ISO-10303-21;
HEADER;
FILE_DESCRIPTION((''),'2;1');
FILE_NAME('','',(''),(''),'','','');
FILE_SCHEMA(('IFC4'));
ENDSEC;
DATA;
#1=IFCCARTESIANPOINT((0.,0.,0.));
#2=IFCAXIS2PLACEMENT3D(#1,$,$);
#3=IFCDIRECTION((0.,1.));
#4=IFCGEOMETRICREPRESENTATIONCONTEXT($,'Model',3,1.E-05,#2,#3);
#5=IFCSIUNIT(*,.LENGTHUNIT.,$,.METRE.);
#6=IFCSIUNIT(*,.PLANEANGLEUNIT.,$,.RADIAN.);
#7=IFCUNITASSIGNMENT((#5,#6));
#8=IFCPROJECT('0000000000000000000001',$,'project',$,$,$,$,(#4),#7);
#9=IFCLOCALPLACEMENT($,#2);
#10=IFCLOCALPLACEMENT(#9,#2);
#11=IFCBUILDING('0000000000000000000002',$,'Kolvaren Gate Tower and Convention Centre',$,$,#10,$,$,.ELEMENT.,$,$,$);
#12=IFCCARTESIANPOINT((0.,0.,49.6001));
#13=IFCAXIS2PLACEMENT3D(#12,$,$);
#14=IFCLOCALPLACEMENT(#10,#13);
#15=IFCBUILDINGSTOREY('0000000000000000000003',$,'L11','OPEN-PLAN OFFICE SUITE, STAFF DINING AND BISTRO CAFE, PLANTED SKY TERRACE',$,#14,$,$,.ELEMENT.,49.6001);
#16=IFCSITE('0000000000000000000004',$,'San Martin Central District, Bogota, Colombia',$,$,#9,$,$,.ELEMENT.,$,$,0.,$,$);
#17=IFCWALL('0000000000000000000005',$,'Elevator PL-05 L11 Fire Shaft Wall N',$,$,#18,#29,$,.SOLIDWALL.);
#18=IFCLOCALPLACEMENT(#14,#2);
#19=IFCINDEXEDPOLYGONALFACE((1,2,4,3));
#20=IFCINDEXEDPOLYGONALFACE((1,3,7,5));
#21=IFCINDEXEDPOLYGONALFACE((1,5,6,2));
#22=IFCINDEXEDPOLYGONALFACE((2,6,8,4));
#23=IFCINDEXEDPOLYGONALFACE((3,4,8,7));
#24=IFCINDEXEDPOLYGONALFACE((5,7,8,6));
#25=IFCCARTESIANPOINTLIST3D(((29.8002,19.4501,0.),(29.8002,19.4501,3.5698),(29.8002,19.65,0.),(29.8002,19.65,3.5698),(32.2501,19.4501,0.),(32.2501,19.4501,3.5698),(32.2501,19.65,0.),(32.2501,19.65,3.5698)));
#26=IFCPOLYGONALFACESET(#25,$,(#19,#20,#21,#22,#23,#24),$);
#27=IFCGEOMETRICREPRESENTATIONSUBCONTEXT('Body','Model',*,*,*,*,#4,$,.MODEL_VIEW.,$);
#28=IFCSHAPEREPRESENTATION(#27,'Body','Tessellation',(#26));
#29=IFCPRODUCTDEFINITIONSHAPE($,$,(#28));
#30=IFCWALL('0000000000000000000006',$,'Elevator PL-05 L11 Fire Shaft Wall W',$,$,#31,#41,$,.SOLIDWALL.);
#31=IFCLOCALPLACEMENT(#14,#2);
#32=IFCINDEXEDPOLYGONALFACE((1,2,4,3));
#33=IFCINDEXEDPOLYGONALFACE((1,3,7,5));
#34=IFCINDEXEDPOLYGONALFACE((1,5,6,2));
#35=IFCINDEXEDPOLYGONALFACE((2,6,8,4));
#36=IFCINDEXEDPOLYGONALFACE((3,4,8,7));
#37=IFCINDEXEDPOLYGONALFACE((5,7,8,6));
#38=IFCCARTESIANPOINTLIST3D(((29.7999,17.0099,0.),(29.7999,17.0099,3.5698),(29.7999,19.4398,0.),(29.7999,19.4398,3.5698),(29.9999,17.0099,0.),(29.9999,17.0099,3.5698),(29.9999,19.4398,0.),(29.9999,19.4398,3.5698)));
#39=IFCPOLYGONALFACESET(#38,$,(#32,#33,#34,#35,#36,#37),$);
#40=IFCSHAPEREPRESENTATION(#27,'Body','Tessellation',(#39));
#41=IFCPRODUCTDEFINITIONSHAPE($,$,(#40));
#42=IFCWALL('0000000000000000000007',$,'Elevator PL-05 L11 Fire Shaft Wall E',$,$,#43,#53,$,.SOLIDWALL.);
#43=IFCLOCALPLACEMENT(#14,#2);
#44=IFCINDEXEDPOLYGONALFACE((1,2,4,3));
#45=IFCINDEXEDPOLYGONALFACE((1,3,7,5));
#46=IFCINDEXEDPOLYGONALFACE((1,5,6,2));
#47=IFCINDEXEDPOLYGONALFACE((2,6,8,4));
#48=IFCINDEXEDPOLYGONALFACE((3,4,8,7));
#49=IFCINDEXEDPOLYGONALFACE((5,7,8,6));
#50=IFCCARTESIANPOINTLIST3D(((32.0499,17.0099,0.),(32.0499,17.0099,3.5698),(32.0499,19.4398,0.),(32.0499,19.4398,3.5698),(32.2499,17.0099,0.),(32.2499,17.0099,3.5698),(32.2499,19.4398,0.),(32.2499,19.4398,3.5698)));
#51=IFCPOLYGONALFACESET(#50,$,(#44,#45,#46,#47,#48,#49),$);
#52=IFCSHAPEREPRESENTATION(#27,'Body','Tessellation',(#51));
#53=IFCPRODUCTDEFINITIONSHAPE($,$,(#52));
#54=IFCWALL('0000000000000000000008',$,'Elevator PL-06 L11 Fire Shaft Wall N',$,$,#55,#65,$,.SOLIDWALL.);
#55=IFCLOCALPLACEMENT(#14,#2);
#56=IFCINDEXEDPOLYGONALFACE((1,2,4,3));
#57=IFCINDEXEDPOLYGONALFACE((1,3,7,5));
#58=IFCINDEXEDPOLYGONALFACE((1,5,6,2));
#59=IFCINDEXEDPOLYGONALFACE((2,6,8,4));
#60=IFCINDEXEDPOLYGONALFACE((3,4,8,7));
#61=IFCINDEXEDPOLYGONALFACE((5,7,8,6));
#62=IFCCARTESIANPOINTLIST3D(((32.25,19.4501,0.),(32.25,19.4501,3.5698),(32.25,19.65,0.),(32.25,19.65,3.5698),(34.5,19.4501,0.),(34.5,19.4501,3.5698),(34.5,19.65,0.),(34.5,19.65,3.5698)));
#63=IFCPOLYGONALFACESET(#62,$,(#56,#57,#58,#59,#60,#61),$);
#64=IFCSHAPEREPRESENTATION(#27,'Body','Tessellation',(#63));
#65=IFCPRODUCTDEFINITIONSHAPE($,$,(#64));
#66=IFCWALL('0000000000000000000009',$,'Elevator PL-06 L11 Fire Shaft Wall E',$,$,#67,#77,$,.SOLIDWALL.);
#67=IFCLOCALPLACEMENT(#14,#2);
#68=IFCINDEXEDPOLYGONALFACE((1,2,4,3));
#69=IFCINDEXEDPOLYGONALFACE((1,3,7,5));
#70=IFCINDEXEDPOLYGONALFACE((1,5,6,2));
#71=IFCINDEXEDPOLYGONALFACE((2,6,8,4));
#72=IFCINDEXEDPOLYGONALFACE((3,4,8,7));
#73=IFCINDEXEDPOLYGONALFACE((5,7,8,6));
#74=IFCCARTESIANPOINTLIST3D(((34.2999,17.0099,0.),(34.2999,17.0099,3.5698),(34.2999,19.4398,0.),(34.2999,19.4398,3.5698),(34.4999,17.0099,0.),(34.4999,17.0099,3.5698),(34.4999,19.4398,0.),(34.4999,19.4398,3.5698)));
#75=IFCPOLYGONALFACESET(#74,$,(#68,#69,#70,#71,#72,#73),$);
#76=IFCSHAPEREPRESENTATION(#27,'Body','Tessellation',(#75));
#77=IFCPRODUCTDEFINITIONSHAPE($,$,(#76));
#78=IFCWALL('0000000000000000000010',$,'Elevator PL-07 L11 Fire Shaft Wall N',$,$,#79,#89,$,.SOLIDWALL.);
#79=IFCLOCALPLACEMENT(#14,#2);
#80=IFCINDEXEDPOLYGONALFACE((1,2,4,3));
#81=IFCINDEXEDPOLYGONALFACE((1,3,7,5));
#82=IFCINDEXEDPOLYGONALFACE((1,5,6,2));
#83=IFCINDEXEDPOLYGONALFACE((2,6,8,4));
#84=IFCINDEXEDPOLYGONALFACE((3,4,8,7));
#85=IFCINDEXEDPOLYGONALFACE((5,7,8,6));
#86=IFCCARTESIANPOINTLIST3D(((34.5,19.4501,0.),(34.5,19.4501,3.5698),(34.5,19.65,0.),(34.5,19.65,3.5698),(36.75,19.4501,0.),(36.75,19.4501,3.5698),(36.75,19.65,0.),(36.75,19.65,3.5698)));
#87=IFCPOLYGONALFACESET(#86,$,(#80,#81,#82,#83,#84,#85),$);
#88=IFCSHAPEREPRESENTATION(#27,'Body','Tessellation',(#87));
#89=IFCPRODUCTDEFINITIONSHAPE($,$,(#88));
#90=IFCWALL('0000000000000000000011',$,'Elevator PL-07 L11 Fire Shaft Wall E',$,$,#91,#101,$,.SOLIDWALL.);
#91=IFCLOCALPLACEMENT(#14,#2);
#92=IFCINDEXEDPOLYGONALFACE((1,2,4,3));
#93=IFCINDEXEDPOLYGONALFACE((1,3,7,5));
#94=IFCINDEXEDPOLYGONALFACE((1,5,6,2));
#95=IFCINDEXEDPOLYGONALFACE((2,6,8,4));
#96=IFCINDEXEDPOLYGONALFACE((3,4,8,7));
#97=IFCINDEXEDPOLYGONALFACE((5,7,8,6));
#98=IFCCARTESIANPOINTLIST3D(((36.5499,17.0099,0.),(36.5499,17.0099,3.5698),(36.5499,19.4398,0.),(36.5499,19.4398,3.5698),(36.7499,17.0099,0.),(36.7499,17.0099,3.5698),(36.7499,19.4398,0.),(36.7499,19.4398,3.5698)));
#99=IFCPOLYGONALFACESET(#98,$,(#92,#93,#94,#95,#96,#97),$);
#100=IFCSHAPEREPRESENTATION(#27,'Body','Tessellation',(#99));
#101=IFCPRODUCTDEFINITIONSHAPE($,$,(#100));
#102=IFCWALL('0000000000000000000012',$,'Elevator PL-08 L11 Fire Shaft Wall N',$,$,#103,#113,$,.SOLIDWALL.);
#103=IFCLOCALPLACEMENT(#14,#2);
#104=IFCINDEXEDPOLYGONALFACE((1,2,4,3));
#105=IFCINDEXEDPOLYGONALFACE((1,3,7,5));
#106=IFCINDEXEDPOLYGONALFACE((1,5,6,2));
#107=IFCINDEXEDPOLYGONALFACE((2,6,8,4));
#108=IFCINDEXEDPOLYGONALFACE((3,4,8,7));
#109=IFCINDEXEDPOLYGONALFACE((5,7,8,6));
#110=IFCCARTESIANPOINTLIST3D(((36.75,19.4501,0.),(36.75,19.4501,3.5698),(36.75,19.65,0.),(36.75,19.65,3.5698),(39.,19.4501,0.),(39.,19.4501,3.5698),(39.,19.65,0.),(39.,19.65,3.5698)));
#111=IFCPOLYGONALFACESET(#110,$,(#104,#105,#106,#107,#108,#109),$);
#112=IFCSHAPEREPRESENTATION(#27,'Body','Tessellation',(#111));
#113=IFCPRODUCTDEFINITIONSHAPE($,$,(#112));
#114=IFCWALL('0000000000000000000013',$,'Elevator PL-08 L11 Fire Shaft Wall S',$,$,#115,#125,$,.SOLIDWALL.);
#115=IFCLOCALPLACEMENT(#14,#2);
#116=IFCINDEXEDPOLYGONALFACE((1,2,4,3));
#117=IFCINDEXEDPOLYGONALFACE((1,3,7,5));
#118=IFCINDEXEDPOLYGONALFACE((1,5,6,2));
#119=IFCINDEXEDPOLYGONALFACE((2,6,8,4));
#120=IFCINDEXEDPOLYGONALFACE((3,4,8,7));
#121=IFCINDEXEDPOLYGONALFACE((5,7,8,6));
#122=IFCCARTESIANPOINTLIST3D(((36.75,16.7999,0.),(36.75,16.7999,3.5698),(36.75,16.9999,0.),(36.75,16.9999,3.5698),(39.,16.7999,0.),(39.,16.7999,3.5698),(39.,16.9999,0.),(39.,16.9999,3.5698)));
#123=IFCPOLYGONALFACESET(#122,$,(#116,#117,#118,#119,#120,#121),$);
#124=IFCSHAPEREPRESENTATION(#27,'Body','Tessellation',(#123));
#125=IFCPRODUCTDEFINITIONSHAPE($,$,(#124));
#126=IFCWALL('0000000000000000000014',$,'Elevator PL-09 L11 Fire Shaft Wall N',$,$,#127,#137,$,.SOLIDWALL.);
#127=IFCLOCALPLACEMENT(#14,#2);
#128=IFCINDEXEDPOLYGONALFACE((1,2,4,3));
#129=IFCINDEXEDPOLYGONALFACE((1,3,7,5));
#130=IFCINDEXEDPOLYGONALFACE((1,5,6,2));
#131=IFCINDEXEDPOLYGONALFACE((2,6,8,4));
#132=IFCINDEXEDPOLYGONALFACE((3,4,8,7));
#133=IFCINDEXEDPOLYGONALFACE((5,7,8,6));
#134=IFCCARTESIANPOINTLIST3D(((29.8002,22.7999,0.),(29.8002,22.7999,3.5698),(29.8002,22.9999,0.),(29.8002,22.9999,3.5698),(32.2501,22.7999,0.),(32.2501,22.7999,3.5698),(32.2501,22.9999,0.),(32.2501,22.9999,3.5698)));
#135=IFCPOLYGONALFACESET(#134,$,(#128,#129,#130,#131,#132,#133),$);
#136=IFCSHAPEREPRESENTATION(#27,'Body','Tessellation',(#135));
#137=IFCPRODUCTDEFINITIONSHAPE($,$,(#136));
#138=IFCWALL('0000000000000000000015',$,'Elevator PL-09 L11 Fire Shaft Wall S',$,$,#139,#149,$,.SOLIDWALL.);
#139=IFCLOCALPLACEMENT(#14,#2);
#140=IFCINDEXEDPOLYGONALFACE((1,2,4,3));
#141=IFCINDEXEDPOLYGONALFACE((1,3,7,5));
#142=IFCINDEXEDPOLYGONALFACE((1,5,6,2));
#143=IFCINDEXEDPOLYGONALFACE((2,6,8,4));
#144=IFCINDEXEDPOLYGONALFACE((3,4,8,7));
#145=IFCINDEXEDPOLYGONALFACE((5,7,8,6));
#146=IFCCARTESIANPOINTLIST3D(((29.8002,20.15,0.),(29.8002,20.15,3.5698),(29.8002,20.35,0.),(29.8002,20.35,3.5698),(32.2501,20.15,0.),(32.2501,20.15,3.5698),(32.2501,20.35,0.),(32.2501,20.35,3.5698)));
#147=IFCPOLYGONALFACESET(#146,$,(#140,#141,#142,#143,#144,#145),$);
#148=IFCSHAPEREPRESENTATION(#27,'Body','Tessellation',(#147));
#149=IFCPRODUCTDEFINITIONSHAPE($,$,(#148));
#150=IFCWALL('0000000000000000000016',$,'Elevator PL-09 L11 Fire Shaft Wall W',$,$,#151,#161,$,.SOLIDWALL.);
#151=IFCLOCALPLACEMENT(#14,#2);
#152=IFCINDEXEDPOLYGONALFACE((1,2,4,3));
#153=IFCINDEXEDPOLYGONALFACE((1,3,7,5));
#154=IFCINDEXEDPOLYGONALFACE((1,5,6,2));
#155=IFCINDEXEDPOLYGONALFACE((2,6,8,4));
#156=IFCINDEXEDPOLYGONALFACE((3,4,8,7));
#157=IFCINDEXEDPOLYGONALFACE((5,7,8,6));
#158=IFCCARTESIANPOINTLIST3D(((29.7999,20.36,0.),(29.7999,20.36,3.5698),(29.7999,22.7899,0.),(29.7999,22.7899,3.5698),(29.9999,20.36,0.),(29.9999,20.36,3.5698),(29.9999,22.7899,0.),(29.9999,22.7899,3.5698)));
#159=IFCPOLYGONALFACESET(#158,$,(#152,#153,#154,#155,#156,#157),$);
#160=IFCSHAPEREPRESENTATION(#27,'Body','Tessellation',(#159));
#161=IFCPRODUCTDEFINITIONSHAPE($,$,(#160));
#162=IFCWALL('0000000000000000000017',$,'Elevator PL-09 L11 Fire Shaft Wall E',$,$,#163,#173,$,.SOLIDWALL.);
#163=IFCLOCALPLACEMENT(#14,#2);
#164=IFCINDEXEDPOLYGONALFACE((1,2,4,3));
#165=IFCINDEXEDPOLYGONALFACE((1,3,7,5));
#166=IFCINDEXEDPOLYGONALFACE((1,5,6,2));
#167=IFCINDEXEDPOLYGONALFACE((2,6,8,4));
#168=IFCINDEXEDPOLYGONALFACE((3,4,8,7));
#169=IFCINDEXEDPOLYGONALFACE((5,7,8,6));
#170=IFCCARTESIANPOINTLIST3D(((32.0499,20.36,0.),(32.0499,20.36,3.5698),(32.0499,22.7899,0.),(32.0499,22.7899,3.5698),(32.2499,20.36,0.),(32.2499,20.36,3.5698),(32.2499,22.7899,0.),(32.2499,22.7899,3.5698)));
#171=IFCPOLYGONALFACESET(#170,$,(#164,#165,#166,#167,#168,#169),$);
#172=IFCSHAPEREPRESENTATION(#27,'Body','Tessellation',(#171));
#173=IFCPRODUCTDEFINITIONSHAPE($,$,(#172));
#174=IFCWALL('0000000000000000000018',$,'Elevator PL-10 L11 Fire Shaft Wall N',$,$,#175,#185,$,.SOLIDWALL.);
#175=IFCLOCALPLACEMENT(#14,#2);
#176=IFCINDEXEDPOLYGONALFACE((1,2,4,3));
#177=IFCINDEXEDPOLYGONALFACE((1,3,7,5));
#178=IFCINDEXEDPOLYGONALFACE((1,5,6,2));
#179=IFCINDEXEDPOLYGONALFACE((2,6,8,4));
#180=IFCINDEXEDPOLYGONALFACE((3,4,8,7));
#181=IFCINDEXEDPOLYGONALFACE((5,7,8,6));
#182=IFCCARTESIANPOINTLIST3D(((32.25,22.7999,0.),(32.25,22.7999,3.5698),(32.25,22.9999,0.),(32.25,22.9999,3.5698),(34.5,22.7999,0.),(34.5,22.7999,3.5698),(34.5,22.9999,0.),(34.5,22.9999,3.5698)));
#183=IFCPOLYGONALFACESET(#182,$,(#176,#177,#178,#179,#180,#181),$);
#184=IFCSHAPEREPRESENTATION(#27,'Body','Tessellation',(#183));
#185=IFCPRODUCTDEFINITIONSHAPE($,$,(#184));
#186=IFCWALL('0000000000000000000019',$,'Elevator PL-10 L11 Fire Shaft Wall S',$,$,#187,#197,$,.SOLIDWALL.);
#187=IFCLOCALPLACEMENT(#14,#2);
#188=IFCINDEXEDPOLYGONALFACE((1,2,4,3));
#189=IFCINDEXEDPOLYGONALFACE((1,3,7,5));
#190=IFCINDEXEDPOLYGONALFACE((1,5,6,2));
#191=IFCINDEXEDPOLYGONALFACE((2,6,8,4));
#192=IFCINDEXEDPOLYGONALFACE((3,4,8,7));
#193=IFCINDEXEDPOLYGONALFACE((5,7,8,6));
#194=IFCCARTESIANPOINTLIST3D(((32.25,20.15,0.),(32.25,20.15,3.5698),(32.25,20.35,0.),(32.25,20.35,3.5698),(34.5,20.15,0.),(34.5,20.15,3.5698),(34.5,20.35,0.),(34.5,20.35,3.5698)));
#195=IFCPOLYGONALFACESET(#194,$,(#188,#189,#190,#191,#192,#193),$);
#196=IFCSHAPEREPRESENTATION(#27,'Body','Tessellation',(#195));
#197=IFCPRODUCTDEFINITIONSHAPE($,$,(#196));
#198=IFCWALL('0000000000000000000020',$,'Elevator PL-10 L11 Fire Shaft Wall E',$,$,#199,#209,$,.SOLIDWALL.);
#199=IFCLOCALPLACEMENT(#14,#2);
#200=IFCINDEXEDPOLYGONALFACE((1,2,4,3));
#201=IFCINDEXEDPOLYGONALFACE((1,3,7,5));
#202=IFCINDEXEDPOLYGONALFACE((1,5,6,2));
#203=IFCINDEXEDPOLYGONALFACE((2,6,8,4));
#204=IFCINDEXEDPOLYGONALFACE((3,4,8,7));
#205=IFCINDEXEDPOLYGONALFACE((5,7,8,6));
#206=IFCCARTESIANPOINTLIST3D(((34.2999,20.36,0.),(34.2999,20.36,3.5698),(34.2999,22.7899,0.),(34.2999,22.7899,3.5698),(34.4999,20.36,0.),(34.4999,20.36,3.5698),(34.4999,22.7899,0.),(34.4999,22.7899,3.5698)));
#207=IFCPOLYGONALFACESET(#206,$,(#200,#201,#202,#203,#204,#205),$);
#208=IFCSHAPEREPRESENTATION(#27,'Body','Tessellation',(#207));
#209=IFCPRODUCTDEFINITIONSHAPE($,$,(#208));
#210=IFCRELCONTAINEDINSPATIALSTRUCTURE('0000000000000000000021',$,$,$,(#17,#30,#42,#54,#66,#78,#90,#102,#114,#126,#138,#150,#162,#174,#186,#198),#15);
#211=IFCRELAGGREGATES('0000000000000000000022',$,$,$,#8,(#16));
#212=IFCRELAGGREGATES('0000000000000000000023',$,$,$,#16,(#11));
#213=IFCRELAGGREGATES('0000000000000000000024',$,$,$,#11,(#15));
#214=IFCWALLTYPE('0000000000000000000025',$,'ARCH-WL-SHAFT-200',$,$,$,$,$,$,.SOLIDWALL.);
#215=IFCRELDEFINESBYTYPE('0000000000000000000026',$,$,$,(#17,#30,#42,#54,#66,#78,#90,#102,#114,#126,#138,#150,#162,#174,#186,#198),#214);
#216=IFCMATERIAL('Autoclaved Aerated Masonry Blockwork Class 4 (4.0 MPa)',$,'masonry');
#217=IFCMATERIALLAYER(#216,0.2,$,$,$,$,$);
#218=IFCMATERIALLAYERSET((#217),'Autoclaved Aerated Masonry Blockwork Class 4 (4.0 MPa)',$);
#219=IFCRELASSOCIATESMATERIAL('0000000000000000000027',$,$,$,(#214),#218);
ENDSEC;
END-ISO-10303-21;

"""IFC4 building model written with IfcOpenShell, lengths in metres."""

from ifc_helpers import new_model, si_unit, direction, frame, frame_2d, origin, place, context, subcontext, project, spatial, rectangle, extrude, material, layer, layer_set, type_object, element, save


model = new_model("IFC4")

# Units and contexts
model_context = context("Model", 3, precision=1e-05, world=origin(), true_north=direction((0.0, 1.0)))
body_context = subcontext(model_context, "Body", "Model", "MODEL_VIEW")
ifc_project = project(units=[si_unit("LENGTHUNIT", "METRE"), si_unit("PLANEANGLEUNIT", "RADIAN")], contexts=[model_context])

# Site, building, storey
site_placement = place(None, origin())
site = spatial("IfcSite", under=ifc_project, at=site_placement, Name="San Martin Central District, Bogota, Colombia", CompositionType="ELEMENT", RefElevation=0.0)
building_placement = place(site_placement, origin())
building = spatial("IfcBuilding", under=site, at=building_placement, Name="Kolvaren Gate Tower and Convention Centre", CompositionType="ELEMENT")
storey_placement = place(building_placement, frame((0.0, 0.0, 49.6001)))
storey = spatial("IfcBuildingStorey", under=building, at=storey_placement, Name="L11", Description="OPEN-PLAN OFFICE SUITE, STAFF DINING AND BISTRO CAFE, PLANTED SKY TERRACE", CompositionType="ELEMENT", Elevation=49.6001)

# Walls
ifc_material = material(Name="Autoclaved Aerated Masonry Blockwork Class 4 (4.0 MPa)", Category="masonry")
ifc_layer = layer(ifc_material, 0.2)
ifc_layer_set = layer_set([ifc_layer], Name="Autoclaved Aerated Masonry Blockwork Class 4 (4.0 MPa)")
wall_type = type_object("IfcWallType", Name="ARCH-WL-SHAFT-200", PredefinedType="SOLIDWALL", material=ifc_layer_set)
wall_1_placement = place(storey_placement, frame((29.8, 19.55, 0.0), z_axis=(0.0, 0.0, 1.0), x_axis=(1.0, 0.0, 0.0)))
element("IfcWall", 1, at=wall_1_placement, inside=storey, type_object=wall_type, Name="Elevator PL-05 L11 Fire Shaft Wall N", PredefinedType="SOLIDWALL", context=body_context, shape_type="SweptSolid", body=[
    extrude(rectangle(XDim=2.45, YDim=0.2, at=frame_2d((1.2251, 0.0))), origin(), (0.0, 0.0, 1.0), 3.5698),
])
for number, where, z_axis, x_axis, name in (
    (2, (29.8999, 17.01, 0.0), (0.0, 0.0, 1.0), (0.0, 1.0, 0.0), "Elevator PL-05 L11 Fire Shaft Wall W"),
    (3, (32.1499, 17.01, 0.0), (0.0, 0.0, 1.0), (0.0, 1.0, 0.0), "Elevator PL-05 L11 Fire Shaft Wall E"),
):
    element("IfcWall", number, at=place(storey_placement, frame(where, z_axis=z_axis, x_axis=x_axis)), inside=storey, type_object=wall_type, Name=name, PredefinedType="SOLIDWALL", context=body_context, shape_type="SweptSolid", body=[
        extrude(rectangle(XDim=2.4299, YDim=0.2, at=frame_2d((1.2148, 0.0))), origin(), (0.0, 0.0, 1.0), 3.5698),
    ])
wall_2_placement = place(storey_placement, frame((32.25, 19.55, 0.0), z_axis=(0.0, 0.0, 1.0), x_axis=(1.0, 0.0, 0.0)))
element("IfcWall", 4, at=wall_2_placement, inside=storey, type_object=wall_type, Name="Elevator PL-06 L11 Fire Shaft Wall N", PredefinedType="SOLIDWALL", context=body_context, shape_type="SweptSolid", body=[
    extrude(rectangle(XDim=2.25, YDim=0.2, at=frame_2d((1.125, 0.0))), origin(), (0.0, 0.0, 1.0), 3.5698),
])
wall_3_placement = place(storey_placement, frame((34.3999, 17.01, 0.0), z_axis=(0.0, 0.0, 1.0), x_axis=(0.0, 1.0, 0.0)))
element("IfcWall", 5, at=wall_3_placement, inside=storey, type_object=wall_type, Name="Elevator PL-06 L11 Fire Shaft Wall E", PredefinedType="SOLIDWALL", context=body_context, shape_type="SweptSolid", body=[
    extrude(rectangle(XDim=2.4299, YDim=0.2, at=frame_2d((1.2148, 0.0))), origin(), (0.0, 0.0, 1.0), 3.5698),
])
wall_4_placement = place(storey_placement, frame((34.5, 19.55, 0.0), z_axis=(0.0, 0.0, 1.0), x_axis=(1.0, 0.0, 0.0)))
element("IfcWall", 6, at=wall_4_placement, inside=storey, type_object=wall_type, Name="Elevator PL-07 L11 Fire Shaft Wall N", PredefinedType="SOLIDWALL", context=body_context, shape_type="SweptSolid", body=[
    extrude(rectangle(XDim=2.25, YDim=0.2, at=frame_2d((1.125, 0.0))), origin(), (0.0, 0.0, 1.0), 3.5698),
])
wall_5_placement = place(storey_placement, frame((36.6499, 17.01, 0.0), z_axis=(0.0, 0.0, 1.0), x_axis=(0.0, 1.0, 0.0)))
element("IfcWall", 7, at=wall_5_placement, inside=storey, type_object=wall_type, Name="Elevator PL-07 L11 Fire Shaft Wall E", PredefinedType="SOLIDWALL", context=body_context, shape_type="SweptSolid", body=[
    extrude(rectangle(XDim=2.4299, YDim=0.2, at=frame_2d((1.2148, 0.0))), origin(), (0.0, 0.0, 1.0), 3.5698),
])
for number, where, z_axis, x_axis, name in (
    (8, (36.75, 19.55, 0.0), (0.0, 0.0, 1.0), (1.0, 0.0, 0.0), "Elevator PL-08 L11 Fire Shaft Wall N"),
    (9, (36.75, 16.8999, 0.0), (0.0, 0.0, 1.0), (1.0, 0.0, 0.0), "Elevator PL-08 L11 Fire Shaft Wall S"),
):
    element("IfcWall", number, at=place(storey_placement, frame(where, z_axis=z_axis, x_axis=x_axis)), inside=storey, type_object=wall_type, Name=name, PredefinedType="SOLIDWALL", context=body_context, shape_type="SweptSolid", body=[
        extrude(rectangle(XDim=2.25, YDim=0.2, at=frame_2d((1.125, 0.0))), origin(), (0.0, 0.0, 1.0), 3.5698),
    ])
for number, where, z_axis, x_axis, name in (
    (10, (29.8, 22.8999, 0.0), (0.0, 0.0, 1.0), (1.0, 0.0, 0.0), "Elevator PL-09 L11 Fire Shaft Wall N"),
    (11, (29.8, 20.25, 0.0), (0.0, 0.0, 1.0), (1.0, 0.0, 0.0), "Elevator PL-09 L11 Fire Shaft Wall S"),
):
    element("IfcWall", number, at=place(storey_placement, frame(where, z_axis=z_axis, x_axis=x_axis)), inside=storey, type_object=wall_type, Name=name, PredefinedType="SOLIDWALL", context=body_context, shape_type="SweptSolid", body=[
        extrude(rectangle(XDim=2.45, YDim=0.2, at=frame_2d((1.2251, 0.0))), origin(), (0.0, 0.0, 1.0), 3.5698),
    ])
for number, where, z_axis, x_axis, name in (
    (12, (29.8999, 20.3601, 0.0), (0.0, 0.0, 1.0), (0.0, 1.0, 0.0), "Elevator PL-09 L11 Fire Shaft Wall W"),
    (13, (32.1499, 20.3601, 0.0), (0.0, 0.0, 1.0), (0.0, 1.0, 0.0), "Elevator PL-09 L11 Fire Shaft Wall E"),
):
    element("IfcWall", number, at=place(storey_placement, frame(where, z_axis=z_axis, x_axis=x_axis)), inside=storey, type_object=wall_type, Name=name, PredefinedType="SOLIDWALL", context=body_context, shape_type="SweptSolid", body=[
        extrude(rectangle(XDim=2.4299, YDim=0.2, at=frame_2d((1.2148, 0.0))), origin(), (0.0, 0.0, 1.0), 3.5698),
    ])
for number, where, z_axis, x_axis, name in (
    (14, (32.25, 22.8999, 0.0), (0.0, 0.0, 1.0), (1.0, 0.0, 0.0), "Elevator PL-10 L11 Fire Shaft Wall N"),
    (15, (32.25, 20.25, 0.0), (0.0, 0.0, 1.0), (1.0, 0.0, 0.0), "Elevator PL-10 L11 Fire Shaft Wall S"),
):
    element("IfcWall", number, at=place(storey_placement, frame(where, z_axis=z_axis, x_axis=x_axis)), inside=storey, type_object=wall_type, Name=name, PredefinedType="SOLIDWALL", context=body_context, shape_type="SweptSolid", body=[
        extrude(rectangle(XDim=2.25, YDim=0.2, at=frame_2d((1.125, 0.0))), origin(), (0.0, 0.0, 1.0), 3.5698),
    ])
wall_6_placement = place(storey_placement, frame((34.3999, 20.3601, 0.0), z_axis=(0.0, 0.0, 1.0), x_axis=(0.0, 1.0, 0.0)))
element("IfcWall", 16, at=wall_6_placement, inside=storey, type_object=wall_type, Name="Elevator PL-10 L11 Fire Shaft Wall E", PredefinedType="SOLIDWALL", context=body_context, shape_type="SweptSolid", body=[
    extrude(rectangle(XDim=2.4299, YDim=0.2, at=frame_2d((1.2148, 0.0))), origin(), (0.0, 0.0, 1.0), 3.5698),
])

save(model, "model.ifc")
